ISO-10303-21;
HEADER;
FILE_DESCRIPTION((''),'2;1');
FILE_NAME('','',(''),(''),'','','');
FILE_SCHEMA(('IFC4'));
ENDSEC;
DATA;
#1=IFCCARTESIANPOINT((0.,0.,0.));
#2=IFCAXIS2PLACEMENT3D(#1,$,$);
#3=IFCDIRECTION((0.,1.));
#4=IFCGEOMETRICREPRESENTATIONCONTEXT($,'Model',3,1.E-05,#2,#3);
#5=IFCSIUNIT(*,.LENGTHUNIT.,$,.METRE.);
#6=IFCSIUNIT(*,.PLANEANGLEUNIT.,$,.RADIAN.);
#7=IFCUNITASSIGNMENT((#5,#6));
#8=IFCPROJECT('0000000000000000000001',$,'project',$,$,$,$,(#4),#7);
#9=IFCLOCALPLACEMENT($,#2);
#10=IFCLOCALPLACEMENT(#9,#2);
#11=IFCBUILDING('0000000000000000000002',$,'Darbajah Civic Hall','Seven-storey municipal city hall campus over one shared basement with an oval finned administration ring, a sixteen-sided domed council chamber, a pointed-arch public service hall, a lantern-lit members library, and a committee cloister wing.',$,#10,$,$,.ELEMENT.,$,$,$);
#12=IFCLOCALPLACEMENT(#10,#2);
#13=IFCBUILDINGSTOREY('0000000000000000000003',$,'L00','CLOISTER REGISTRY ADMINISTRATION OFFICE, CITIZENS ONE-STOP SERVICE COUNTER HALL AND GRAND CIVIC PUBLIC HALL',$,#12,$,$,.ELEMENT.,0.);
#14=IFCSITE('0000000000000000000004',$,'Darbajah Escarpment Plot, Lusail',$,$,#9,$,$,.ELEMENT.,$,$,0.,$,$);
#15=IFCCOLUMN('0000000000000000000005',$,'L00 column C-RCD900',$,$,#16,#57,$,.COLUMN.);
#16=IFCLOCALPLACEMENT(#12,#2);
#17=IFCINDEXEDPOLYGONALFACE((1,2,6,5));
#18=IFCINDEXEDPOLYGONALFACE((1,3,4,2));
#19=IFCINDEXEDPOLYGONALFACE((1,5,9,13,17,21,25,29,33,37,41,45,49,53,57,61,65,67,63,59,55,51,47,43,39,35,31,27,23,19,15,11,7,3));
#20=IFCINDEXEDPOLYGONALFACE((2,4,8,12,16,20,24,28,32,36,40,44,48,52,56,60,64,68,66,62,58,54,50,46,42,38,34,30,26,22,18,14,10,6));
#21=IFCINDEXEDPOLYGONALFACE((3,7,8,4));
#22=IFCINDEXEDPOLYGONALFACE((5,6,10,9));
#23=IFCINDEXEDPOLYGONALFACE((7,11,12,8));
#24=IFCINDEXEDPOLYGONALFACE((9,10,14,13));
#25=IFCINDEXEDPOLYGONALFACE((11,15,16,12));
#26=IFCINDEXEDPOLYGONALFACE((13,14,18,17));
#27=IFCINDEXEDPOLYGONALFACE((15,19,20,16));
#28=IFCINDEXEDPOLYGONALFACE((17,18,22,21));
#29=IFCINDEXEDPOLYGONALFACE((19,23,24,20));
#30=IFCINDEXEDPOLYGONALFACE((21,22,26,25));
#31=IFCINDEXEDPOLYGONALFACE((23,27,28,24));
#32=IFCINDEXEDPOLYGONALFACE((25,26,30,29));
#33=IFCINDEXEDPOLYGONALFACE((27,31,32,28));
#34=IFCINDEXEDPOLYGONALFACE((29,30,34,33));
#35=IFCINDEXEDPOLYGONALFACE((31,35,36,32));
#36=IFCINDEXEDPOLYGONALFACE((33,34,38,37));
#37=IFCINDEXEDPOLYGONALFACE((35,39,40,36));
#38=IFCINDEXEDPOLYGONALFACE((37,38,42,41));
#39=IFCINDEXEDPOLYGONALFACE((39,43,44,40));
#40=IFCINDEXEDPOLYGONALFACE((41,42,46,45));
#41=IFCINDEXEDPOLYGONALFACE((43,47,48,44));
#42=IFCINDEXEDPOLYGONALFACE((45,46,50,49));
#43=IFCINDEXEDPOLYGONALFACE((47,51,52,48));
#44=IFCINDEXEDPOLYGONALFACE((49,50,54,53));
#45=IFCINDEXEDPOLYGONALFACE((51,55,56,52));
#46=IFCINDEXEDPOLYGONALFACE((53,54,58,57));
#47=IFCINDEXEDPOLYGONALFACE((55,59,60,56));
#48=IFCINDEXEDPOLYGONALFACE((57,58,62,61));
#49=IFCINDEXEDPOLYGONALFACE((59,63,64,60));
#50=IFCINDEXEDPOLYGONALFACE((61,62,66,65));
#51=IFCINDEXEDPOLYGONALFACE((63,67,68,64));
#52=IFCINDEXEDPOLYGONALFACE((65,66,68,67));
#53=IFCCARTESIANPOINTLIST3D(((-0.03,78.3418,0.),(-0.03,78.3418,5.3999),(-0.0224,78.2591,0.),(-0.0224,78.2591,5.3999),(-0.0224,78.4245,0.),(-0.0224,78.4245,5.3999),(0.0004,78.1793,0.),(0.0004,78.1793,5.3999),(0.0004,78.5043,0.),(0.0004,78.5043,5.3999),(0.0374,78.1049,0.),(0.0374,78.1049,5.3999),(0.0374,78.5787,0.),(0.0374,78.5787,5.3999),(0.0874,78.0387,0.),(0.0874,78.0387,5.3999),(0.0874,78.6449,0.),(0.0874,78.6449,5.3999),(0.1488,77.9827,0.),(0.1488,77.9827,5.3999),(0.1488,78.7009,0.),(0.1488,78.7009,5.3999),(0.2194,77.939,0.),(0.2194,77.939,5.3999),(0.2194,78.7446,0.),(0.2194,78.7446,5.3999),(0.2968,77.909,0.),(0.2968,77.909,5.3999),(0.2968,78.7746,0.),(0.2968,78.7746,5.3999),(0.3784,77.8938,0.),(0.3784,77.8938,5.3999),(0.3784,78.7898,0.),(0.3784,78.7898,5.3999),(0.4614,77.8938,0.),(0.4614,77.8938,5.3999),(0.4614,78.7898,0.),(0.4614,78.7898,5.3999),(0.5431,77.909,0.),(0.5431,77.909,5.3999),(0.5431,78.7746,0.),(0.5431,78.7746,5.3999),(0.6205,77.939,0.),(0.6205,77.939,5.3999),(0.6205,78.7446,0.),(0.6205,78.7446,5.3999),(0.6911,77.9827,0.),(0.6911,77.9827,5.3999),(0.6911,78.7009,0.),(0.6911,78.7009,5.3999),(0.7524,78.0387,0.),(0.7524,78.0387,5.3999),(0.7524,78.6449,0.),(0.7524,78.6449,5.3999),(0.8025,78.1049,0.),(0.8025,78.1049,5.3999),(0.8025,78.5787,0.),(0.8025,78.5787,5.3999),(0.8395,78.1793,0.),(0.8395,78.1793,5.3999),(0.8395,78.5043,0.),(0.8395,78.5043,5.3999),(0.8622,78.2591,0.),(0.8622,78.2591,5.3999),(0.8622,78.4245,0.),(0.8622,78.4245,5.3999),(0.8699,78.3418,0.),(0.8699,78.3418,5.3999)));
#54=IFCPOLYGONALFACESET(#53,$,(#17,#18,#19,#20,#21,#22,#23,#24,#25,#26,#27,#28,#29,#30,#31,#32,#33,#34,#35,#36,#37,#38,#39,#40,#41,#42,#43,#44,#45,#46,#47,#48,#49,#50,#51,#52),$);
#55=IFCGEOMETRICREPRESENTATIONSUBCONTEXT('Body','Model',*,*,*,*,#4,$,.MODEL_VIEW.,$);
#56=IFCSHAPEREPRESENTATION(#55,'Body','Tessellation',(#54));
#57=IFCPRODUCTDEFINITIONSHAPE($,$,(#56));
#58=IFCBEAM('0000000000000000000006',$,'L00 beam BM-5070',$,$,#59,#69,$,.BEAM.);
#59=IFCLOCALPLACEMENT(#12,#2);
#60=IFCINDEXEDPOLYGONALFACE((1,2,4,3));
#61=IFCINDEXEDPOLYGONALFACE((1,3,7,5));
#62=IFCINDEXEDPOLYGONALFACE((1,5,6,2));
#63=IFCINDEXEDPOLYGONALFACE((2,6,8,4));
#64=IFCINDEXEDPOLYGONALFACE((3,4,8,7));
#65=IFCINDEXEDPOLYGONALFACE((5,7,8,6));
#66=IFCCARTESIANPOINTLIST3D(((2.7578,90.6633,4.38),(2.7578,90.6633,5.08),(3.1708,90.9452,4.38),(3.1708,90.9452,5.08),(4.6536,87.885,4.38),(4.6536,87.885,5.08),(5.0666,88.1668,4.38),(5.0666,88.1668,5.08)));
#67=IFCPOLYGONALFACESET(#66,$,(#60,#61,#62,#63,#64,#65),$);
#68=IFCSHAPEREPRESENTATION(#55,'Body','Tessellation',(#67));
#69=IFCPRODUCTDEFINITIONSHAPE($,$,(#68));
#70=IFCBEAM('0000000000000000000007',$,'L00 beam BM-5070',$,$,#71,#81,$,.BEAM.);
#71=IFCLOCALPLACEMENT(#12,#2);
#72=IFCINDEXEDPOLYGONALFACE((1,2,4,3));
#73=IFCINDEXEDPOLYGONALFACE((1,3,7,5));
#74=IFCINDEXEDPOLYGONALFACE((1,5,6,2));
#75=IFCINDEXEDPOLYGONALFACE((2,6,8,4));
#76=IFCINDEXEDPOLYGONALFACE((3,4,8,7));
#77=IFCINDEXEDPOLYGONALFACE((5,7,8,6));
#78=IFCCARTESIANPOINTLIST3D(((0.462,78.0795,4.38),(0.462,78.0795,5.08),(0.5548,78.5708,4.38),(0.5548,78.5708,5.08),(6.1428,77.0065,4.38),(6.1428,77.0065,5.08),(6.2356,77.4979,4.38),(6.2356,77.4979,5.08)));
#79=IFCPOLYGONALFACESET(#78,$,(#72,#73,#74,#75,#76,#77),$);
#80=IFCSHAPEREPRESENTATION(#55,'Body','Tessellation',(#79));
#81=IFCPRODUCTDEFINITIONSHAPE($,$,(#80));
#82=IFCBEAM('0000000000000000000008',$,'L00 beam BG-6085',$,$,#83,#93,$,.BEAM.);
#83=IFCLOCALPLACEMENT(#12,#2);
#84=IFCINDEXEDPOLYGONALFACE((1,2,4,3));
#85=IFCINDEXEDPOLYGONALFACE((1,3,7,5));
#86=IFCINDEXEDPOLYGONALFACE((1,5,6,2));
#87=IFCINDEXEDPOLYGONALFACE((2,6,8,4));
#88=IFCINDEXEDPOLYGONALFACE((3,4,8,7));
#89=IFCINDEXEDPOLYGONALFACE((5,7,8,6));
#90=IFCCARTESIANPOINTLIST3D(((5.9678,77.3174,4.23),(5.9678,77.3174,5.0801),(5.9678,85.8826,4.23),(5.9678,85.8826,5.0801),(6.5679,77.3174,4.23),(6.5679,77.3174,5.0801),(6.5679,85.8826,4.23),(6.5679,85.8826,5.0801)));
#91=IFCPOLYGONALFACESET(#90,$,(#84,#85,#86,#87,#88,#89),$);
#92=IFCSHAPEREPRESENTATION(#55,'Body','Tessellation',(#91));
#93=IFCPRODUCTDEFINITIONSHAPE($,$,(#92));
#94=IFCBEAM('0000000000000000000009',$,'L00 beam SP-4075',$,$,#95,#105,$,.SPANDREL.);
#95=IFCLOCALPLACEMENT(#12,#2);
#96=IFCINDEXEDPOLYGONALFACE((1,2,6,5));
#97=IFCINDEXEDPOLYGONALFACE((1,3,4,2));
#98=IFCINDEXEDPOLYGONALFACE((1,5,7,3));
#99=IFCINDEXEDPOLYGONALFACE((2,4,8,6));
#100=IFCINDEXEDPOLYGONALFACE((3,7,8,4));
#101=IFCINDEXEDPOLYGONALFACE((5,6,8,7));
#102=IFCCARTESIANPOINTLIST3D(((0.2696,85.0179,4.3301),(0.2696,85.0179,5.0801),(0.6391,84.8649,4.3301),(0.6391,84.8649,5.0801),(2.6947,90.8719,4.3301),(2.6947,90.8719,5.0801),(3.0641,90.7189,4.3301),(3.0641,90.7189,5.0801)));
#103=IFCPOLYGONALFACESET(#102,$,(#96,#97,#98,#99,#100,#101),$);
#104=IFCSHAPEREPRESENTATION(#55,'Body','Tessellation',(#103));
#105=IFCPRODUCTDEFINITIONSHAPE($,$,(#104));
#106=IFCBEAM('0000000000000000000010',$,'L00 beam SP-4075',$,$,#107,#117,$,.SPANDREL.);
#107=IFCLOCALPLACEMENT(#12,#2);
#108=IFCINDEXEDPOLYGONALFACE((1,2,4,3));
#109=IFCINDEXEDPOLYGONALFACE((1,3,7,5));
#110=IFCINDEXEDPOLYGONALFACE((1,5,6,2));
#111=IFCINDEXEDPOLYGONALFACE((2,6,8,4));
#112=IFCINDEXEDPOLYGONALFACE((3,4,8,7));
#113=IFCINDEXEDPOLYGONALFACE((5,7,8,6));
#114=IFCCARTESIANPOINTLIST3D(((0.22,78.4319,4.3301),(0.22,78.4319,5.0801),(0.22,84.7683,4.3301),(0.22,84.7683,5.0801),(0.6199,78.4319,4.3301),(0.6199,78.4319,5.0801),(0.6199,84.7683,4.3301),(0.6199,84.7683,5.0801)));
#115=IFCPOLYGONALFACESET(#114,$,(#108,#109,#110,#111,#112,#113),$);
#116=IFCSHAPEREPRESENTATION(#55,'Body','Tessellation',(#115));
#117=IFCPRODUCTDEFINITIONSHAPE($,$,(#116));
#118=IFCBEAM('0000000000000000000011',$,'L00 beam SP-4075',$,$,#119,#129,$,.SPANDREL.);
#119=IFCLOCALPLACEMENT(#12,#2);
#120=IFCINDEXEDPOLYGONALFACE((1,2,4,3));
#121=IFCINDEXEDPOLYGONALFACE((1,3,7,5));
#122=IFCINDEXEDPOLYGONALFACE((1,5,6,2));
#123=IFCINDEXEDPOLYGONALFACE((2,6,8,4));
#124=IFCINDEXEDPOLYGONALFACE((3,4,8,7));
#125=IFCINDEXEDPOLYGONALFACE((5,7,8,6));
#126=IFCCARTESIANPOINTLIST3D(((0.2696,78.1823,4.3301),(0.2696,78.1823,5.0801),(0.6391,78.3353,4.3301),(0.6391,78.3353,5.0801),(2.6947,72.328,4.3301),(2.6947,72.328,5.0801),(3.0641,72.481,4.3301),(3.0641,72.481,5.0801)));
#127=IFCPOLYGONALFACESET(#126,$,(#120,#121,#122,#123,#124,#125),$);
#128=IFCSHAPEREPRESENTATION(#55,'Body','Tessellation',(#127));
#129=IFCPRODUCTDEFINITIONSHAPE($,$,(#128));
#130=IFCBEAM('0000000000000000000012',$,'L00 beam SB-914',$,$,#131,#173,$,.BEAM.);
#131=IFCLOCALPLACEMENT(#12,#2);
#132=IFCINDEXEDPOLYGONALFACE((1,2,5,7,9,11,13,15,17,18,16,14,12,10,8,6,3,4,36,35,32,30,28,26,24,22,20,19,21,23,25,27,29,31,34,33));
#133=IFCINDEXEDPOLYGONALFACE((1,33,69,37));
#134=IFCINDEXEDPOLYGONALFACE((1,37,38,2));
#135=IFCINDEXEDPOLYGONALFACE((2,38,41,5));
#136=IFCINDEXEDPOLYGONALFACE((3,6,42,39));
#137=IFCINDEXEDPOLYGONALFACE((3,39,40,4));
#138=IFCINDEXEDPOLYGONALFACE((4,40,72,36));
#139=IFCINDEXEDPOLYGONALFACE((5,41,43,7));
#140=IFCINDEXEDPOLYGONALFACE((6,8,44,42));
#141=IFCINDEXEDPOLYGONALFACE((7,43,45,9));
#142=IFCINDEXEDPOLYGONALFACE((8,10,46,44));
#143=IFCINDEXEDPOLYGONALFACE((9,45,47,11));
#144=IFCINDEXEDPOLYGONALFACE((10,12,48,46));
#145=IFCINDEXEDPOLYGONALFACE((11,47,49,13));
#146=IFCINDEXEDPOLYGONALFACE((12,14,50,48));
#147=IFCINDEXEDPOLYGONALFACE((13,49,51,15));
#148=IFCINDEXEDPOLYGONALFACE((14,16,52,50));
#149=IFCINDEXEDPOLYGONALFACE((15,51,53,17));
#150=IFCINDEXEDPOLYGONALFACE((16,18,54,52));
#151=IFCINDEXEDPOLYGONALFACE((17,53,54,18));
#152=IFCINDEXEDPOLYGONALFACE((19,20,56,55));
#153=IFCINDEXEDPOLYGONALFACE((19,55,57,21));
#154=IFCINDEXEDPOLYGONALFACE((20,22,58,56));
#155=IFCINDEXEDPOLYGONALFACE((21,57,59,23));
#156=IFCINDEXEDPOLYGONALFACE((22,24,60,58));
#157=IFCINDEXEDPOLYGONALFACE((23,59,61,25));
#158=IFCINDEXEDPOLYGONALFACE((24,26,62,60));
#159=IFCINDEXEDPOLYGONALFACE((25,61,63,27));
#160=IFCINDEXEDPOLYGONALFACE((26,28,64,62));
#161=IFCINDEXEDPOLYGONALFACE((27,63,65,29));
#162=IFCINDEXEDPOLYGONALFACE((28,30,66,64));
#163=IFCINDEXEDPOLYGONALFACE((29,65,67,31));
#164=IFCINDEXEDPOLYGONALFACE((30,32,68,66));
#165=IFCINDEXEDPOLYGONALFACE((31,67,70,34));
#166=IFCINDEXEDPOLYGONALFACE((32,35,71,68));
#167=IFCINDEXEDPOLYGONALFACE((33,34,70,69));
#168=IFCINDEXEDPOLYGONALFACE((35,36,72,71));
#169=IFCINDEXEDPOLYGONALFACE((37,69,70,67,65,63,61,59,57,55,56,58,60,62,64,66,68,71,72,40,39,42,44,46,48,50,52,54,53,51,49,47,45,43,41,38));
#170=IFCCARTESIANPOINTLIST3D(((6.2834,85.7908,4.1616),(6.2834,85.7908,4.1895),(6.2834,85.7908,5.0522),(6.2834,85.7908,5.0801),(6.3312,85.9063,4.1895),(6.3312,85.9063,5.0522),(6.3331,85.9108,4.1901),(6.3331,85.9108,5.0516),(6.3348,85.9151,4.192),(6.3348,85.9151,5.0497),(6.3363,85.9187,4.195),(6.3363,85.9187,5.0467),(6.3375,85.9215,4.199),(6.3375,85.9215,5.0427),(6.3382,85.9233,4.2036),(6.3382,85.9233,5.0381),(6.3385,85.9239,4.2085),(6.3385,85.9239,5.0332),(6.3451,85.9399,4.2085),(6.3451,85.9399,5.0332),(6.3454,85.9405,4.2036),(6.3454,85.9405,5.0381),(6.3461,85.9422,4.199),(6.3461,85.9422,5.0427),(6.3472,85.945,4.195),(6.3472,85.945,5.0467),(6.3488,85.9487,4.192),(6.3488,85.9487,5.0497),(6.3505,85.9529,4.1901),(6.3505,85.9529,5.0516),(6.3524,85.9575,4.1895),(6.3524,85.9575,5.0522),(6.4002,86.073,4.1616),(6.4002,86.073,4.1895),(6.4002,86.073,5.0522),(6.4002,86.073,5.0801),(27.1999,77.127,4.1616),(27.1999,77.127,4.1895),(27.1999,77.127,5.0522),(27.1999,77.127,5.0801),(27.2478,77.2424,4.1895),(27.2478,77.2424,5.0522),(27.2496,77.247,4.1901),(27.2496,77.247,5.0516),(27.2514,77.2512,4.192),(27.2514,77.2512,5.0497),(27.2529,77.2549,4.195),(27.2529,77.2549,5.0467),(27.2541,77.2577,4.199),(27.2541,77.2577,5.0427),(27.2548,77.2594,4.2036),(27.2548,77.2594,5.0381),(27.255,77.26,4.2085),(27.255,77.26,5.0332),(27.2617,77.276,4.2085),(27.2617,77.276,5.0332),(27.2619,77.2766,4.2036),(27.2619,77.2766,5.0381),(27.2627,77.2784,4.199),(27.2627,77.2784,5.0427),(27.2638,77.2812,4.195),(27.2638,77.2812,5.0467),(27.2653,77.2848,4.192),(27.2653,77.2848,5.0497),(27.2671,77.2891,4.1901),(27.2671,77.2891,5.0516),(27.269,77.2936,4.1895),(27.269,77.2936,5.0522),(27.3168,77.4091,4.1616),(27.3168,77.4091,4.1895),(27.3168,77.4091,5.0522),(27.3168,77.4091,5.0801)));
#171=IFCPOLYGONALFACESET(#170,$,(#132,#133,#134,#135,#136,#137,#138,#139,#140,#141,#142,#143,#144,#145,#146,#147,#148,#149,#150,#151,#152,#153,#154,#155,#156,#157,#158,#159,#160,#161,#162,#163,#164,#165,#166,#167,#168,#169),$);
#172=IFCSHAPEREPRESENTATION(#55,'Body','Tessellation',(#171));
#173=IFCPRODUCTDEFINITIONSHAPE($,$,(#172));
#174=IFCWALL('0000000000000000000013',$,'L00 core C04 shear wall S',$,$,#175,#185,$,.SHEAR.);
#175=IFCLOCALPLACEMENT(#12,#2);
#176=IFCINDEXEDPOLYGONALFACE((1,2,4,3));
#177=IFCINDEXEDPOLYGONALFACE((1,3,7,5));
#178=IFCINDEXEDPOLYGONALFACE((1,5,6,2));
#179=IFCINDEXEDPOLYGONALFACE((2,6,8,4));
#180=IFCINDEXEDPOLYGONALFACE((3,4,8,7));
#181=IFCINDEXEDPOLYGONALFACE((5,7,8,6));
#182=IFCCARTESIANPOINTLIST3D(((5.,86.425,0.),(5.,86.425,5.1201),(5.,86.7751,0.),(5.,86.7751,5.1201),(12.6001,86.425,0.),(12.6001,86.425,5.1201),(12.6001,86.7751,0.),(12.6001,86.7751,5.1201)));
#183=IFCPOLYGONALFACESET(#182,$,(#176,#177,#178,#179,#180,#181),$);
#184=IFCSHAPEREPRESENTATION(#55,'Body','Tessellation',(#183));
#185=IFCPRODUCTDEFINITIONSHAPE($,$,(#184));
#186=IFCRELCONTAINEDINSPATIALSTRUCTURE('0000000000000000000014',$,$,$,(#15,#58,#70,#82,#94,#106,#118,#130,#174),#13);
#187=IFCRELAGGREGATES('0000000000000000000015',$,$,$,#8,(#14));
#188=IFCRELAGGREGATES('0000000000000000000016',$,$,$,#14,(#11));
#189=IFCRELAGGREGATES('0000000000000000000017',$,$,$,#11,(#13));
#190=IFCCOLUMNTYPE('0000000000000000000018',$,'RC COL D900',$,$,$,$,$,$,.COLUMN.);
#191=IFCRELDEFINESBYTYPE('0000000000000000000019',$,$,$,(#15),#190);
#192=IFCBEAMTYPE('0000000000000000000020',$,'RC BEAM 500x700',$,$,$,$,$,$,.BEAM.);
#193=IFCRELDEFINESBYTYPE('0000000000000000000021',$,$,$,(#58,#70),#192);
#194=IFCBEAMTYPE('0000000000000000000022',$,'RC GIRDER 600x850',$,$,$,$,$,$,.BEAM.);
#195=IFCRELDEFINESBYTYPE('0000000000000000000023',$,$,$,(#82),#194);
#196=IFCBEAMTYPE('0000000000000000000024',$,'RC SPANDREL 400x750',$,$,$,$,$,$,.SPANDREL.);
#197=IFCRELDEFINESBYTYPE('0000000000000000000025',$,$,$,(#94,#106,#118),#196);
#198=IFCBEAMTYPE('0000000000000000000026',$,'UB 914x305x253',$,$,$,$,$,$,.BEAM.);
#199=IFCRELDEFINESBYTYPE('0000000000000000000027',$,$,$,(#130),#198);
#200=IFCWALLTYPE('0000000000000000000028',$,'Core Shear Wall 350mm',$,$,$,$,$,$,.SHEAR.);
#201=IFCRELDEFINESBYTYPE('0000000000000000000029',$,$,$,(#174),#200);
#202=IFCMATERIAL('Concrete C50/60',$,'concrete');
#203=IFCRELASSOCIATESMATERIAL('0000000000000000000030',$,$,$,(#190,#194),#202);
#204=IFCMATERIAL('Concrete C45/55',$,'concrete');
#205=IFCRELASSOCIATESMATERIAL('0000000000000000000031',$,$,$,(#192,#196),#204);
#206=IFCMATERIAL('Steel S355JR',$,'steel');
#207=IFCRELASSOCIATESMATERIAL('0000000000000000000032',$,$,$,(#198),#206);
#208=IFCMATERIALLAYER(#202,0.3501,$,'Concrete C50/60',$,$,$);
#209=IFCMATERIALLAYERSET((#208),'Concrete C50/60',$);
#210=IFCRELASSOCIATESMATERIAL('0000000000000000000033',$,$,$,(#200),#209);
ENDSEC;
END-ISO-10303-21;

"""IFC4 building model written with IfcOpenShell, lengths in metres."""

from ifc_helpers import new_model, si_unit, direction, frame, frame_2d, origin, origin_2d, place, context, subcontext, project, spatial, rectangle, circle, i_section, extrude, material, layer, layer_set, material_profile, profile_set, type_object, element, save


model = new_model("IFC4")

# Units and contexts
model_context = context("Model", 3, precision=1e-05, world=origin(), true_north=direction((0.0, 1.0)))
body_context = subcontext(model_context, "Body", "Model", "MODEL_VIEW")
ifc_project = project(units=[si_unit("LENGTHUNIT", "METRE"), si_unit("PLANEANGLEUNIT", "RADIAN")], contexts=[model_context])

# Site, building, storey
site_placement = place(None, origin())
site = spatial("IfcSite", under=ifc_project, at=site_placement, Name="Darbajah Escarpment Plot, Lusail", CompositionType="ELEMENT", RefElevation=0.0)
building_placement = place(site_placement, origin())
building = spatial("IfcBuilding", under=site, at=building_placement, Name="Darbajah Civic Hall", Description="Seven-storey municipal city hall campus over one shared basement with an oval finned administration ring, a sixteen-sided domed council chamber, a pointed-arch public service hall, a lantern-lit members library, and a committee cloister wing.", CompositionType="ELEMENT")
storey_placement = place(building_placement, origin())
storey = spatial("IfcBuildingStorey", under=building, at=storey_placement, Name="L00", Description="CLOISTER REGISTRY ADMINISTRATION OFFICE, CITIZENS ONE-STOP SERVICE COUNTER HALL AND GRAND CIVIC PUBLIC HALL", CompositionType="ELEMENT", Elevation=0.0)

# Column
ifc_material_1 = material(Name="Concrete C45/55", Category="concrete")
ifc_material_2 = material(Name="Concrete C50/60", Category="concrete")
ifc_material_profile_1 = material_profile(ifc_material_2, circle(Radius=0.45, at=origin_2d()), Name="RC COL D900")
ifc_profile_set_1 = profile_set([ifc_material_profile_1], Name="Concrete C50/60")
column_type_1 = type_object("IfcColumnType", Name="RC COL D900", PredefinedType="COLUMN", material=ifc_profile_set_1)
for number, where, z_axis, x_axis, name in (
    (1, (0.4199, 78.3418, 0.0), (0.0, 0.0, 1.0), (1.0, 0.0, 0.0), "L00 column C-RCD900"),
):
    element("IfcColumn", number, at=place(storey_placement, frame(where, z_axis=z_axis, x_axis=x_axis)), inside=storey, type_object=column_type_1, Name=name, PredefinedType="COLUMN", context=body_context, shape_type="SweptSolid", body=[
        extrude(circle(Radius=0.45, at=origin_2d()), origin(), (0.0, 0.0, 1.0), 5.3999),
    ])

# Beams
ifc_material_profile_2 = material_profile(ifc_material_1, rectangle(XDim=0.5, YDim=0.7, at=origin_2d()), Name="RC BEAM 500x700")
ifc_profile_set_2 = profile_set([ifc_material_profile_2], Name="Concrete C45/55")
beam_type_1 = type_object("IfcBeamType", Name="RC BEAM 500x700", PredefinedType="BEAM", material=ifc_profile_set_2)
beam_1_placement = place(storey_placement, frame((4.8601, 88.0259, 4.73), z_axis=(-0.56363, 0.826028, 0.0), x_axis=(-0.826028, -0.56363, 0.0)))
element("IfcBeam", 2, at=beam_1_placement, inside=storey, type_object=beam_type_1, Name="L00 beam BM-5070", PredefinedType="BEAM", context=body_context, shape_type="SweptSolid", body=[
    extrude(rectangle(XDim=0.5, YDim=0.7, at=origin_2d()), origin(), (0.0, 0.0, 1.0), 3.3635),
])
beam_2_placement = place(storey_placement, frame((6.1892, 77.2522, 4.73), z_axis=(-0.982626, 0.185596, 0.0), x_axis=(-0.185596, -0.982626, 0.0)))
element("IfcBeam", 3, at=beam_2_placement, inside=storey, type_object=beam_type_1, Name="L00 beam BM-5070", PredefinedType="BEAM", context=body_context, shape_type="SweptSolid", body=[
    extrude(rectangle(XDim=0.5, YDim=0.7, at=origin_2d()), origin(), (0.0, 0.0, 1.0), 5.7812),
])
ifc_material_profile_3 = material_profile(ifc_material_2, rectangle(XDim=0.6001, YDim=0.8501, at=origin_2d()), Name="RC GIRDER 600x850")
ifc_profile_set_3 = profile_set([ifc_material_profile_3], Name="Concrete C50/60")
beam_type_2 = type_object("IfcBeamType", Name="RC GIRDER 600x850", PredefinedType="BEAM", material=ifc_profile_set_3)
beam_3_placement = place(storey_placement, frame((6.2678, 85.8826, 4.655), z_axis=(0.0, -1.0, 0.0), x_axis=(1.0, 0.0, 0.0)))
element("IfcBeam", 4, at=beam_3_placement, inside=storey, type_object=beam_type_2, Name="L00 beam BG-6085", PredefinedType="BEAM", context=body_context, shape_type="SweptSolid", body=[
    extrude(rectangle(XDim=0.6001, YDim=0.8501, at=origin_2d()), origin(), (0.0, 0.0, 1.0), 8.5652),
])
ifc_material_profile_4 = material_profile(ifc_material_1, rectangle(XDim=0.3999, YDim=0.75, at=origin_2d()), Name="RC SPANDREL 400x750")
ifc_profile_set_4 = profile_set([ifc_material_profile_4], Name="Concrete C45/55")
beam_type_3 = type_object("IfcBeamType", Name="RC SPANDREL 400x750", PredefinedType="SPANDREL", material=ifc_profile_set_4)
for number, where, z_axis, x_axis, name in (
    (5, (2.8794, 90.7954, 4.7051), (-0.382716, -0.923866, 0.0), (0.923866, -0.382716, 0.0), "L00 beam SP-4075"),
    (6, (0.4199, 84.7683, 4.7051), (0.0, -1.0, 0.0), (1.0, 0.0, 0.0), "L00 beam SP-4075"),
):
    element("IfcBeam", number, at=place(storey_placement, frame(where, z_axis=z_axis, x_axis=x_axis)), inside=storey, type_object=beam_type_3, Name=name, PredefinedType="SPANDREL", context=body_context, shape_type="SweptSolid", body=[
        extrude(rectangle(XDim=0.3999, YDim=0.75, at=origin_2d()), origin(), (0.0, 0.0, 1.0), 6.3364),
    ])
beam_4_placement = place(storey_placement, frame((0.4543, 78.2588, 4.7051), z_axis=(0.382702, -0.923872, 0.0), x_axis=(0.923872, 0.382702, 0.0)))
element("IfcBeam", 7, at=beam_4_placement, inside=storey, type_object=beam_type_3, Name="L00 beam SP-4075", PredefinedType="SPANDREL", context=body_context, shape_type="SweptSolid", body=[
    extrude(rectangle(XDim=0.3999, YDim=0.75, at=origin_2d()), origin(), (0.0, 0.0, 1.0), 6.3367),
])
ifc_material_3 = material(Name="Steel S355JR", Category="steel")
ifc_material_profile_5 = material_profile(ifc_material_3, i_section(OverallWidth=0.3054, OverallDepth=0.9185, WebThickness=0.0173, FlangeThickness=0.0278, FilletRadius=0.019, at=origin_2d()), Name="UB 914x305x253")
ifc_profile_set_5 = profile_set([ifc_material_profile_5], Name="Steel S355JR")
beam_type_4 = type_object("IfcBeamType", Name="UB 914x305x253", PredefinedType="BEAM", material=ifc_profile_set_5)
beam_5_placement = place(storey_placement, frame((6.3418, 85.9319, 4.6208), z_axis=(0.923881, -0.38268, 0.0), x_axis=(0.38268, 0.923881, 0.0)))
element("IfcBeam", 8, at=beam_5_placement, inside=storey, type_object=beam_type_4, Name="L00 beam SB-914", PredefinedType="BEAM", context=body_context, shape_type="SweptSolid", body=[
    extrude(i_section(OverallWidth=0.3054, OverallDepth=0.9185, WebThickness=0.0173, FlangeThickness=0.0278, FilletRadius=0.019, at=origin_2d()), origin(), (0.0, 0.0, 1.0), 22.6399),
])

# Wall
ifc_layer_1 = layer(ifc_material_2, 0.3501, Name="Concrete C50/60")
ifc_layer_set_1 = layer_set([ifc_layer_1], Name="Concrete C50/60")
wall_type_1 = type_object("IfcWallType", Name="Core Shear Wall 350mm", PredefinedType="SHEAR", material=ifc_layer_set_1)
wall_1_placement = place(storey_placement, frame((5.0, 86.6001, 0.0), z_axis=(0.0, 0.0, 1.0), x_axis=(1.0, 0.0, 0.0)))
element("IfcWall", 9, at=wall_1_placement, inside=storey, type_object=wall_type_1, Name="L00 core C04 shear wall S", PredefinedType="SHEAR", context=body_context, shape_type="SweptSolid", body=[
    extrude(rectangle(XDim=7.6001, YDim=0.3501, at=frame_2d((3.8, 0.0))), origin(), (0.0, 0.0, 1.0), 5.1201),
])

save(model, "model.ifc")
